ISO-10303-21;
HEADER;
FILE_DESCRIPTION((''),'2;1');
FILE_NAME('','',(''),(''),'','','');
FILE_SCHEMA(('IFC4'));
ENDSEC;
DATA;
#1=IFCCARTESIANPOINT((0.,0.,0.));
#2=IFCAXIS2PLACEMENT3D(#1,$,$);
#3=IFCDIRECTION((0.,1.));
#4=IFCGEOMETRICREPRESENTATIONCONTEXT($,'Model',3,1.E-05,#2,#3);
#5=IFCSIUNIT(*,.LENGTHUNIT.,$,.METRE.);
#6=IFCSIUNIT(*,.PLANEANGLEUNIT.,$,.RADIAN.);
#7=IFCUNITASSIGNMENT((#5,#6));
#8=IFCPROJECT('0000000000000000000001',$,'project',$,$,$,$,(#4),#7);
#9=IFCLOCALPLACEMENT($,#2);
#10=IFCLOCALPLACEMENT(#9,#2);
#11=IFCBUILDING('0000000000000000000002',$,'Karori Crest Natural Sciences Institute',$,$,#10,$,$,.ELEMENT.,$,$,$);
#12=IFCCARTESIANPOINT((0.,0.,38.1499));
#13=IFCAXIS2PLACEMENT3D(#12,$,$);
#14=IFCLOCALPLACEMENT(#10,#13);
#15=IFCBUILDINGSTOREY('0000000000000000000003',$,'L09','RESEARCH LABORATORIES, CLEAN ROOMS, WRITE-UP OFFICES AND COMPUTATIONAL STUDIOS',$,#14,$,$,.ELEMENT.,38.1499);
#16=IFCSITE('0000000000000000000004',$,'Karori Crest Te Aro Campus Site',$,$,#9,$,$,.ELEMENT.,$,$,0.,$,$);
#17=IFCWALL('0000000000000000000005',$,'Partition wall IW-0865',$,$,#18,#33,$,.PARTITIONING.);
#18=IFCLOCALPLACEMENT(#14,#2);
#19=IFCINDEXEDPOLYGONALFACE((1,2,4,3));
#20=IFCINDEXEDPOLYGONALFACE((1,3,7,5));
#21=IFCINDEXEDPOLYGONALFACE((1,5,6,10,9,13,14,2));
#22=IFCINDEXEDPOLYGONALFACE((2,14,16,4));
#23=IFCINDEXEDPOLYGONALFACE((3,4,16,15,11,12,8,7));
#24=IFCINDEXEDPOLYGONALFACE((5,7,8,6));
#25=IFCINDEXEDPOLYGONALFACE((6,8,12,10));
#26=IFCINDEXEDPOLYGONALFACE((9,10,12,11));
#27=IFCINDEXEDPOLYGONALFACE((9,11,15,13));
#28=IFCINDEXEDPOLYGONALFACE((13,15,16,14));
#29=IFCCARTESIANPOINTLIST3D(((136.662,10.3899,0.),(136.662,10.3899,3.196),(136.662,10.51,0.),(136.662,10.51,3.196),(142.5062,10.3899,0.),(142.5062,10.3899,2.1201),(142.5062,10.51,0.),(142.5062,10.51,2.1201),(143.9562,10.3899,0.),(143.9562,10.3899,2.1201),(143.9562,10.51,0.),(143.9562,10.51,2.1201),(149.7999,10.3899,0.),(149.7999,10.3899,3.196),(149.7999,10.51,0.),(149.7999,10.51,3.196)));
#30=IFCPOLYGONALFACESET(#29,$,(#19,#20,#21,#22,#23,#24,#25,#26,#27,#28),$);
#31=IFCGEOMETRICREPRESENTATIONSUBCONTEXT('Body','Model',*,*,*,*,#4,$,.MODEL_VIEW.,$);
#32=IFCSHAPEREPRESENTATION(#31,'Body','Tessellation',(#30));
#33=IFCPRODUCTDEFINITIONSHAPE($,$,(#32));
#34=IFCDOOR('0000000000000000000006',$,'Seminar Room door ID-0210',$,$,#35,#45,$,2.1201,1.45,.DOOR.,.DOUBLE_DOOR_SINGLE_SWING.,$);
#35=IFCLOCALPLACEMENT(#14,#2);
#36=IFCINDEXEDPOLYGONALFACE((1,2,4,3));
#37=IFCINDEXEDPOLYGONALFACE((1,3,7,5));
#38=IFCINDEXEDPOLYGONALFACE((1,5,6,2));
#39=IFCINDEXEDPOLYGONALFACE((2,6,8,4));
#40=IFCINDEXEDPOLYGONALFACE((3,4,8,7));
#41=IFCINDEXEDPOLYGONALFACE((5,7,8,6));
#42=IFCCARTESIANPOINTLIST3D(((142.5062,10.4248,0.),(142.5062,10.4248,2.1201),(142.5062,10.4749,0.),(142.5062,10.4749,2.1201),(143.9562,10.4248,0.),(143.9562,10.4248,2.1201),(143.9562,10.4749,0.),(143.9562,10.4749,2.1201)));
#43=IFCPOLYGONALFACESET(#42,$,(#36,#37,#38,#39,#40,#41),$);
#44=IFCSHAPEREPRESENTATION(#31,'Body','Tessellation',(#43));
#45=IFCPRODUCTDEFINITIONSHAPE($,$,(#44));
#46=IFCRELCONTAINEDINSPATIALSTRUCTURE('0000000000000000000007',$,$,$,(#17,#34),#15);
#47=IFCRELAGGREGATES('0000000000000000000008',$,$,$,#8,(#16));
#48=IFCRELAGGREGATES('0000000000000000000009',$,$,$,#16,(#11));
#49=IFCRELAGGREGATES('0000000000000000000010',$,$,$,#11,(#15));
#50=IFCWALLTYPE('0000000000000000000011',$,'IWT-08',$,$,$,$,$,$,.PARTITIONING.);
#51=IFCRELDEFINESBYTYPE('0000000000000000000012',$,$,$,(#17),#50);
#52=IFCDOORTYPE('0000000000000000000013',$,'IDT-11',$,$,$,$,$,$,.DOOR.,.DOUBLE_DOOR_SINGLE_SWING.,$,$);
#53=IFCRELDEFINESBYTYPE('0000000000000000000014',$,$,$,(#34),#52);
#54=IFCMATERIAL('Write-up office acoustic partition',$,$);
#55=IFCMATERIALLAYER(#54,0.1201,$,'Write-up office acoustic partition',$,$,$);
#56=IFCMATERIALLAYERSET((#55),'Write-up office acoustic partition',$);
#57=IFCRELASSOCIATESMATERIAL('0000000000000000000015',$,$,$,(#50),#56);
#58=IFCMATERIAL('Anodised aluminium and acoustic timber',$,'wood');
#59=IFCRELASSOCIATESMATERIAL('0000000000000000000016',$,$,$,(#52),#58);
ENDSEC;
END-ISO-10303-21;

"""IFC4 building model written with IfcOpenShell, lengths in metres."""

from ifc_helpers import new_model, si_unit, direction, frame, frame_2d, origin, place, context, subcontext, project, spatial, rectangle, extrude, material, layer, layer_set, type_object, element, fill, save


model = new_model("IFC4")

# Units and contexts
model_context = context("Model", 3, precision=1e-05, world=origin(), true_north=direction((0.0, 1.0)))
body_context = subcontext(model_context, "Body", "Model", "MODEL_VIEW")
ifc_project = project(units=[si_unit("LENGTHUNIT", "METRE"), si_unit("PLANEANGLEUNIT", "RADIAN")], contexts=[model_context])

# Site, building, storey
site_placement = place(None, origin())
site = spatial("IfcSite", under=ifc_project, at=site_placement, Name="Karori Crest Te Aro Campus Site", CompositionType="ELEMENT", RefElevation=0.0)
building_placement = place(site_placement, origin())
building = spatial("IfcBuilding", under=site, at=building_placement, Name="Karori Crest Natural Sciences Institute", CompositionType="ELEMENT")
storey_placement = place(building_placement, frame((0.0, 0.0, 38.1499)))
storey = spatial("IfcBuildingStorey", under=building, at=storey_placement, Name="L09", Description="RESEARCH LABORATORIES, CLEAN ROOMS, WRITE-UP OFFICES AND COMPUTATIONAL STUDIOS", CompositionType="ELEMENT", Elevation=38.1499)

# Shared definitions
ifc_material_1 = material(Name="Write-up office acoustic partition")
ifc_layer = layer(ifc_material_1, 0.1201, Name="Write-up office acoustic partition")
ifc_layer_set = layer_set([ifc_layer], Name="Write-up office acoustic partition")
wall_type = type_object("IfcWallType", Name="IWT-08", PredefinedType="PARTITIONING", material=ifc_layer_set)
ifc_material_2 = material(Name="Anodised aluminium and acoustic timber", Category="wood")

# Wall, opening, door
wall_1_placement = place(storey_placement, frame((136.6621, 10.45, 0.0), z_axis=(0.0, 0.0, 1.0), x_axis=(1.0, 0.0, 0.0)))
wall_1 = element("IfcWall", 1, at=wall_1_placement, inside=storey, type_object=wall_type, Name="Partition wall IW-0865", PredefinedType="PARTITIONING", context=body_context, shape_type="SweptSolid", body=[
    extrude(rectangle(XDim=13.1379, YDim=0.1201, at=frame_2d((6.5688, 0.0))), origin(), (0.0, 0.0, 1.0), 3.196),
])
opening_1_placement = place(wall_1_placement, frame((5.844, 0.0, 0.0)))
opening_1 = element("IfcOpeningElement", 2, at=opening_1_placement, cuts=wall_1, PredefinedType="OPENING", context=body_context, shape_type="SweptSolid", body=[
    extrude(rectangle(XDim=1.45, YDim=2.1201, at=frame_2d((0.7251, 1.0601))), frame((0.0, 0.0701, 0.0), z_axis=(0.0, -1.0, 0.0), x_axis=(1.0, 0.0, 0.0)), (0.0, 0.0, 1.0), 0.1401),
])
door_type_1 = type_object("IfcDoorType", Name="IDT-11", OperationType="DOUBLE_DOOR_SINGLE_SWING", PredefinedType="DOOR", material=ifc_material_2)
door_1_placement = place(opening_1_placement, origin())
door_1 = element("IfcDoor", 3, at=door_1_placement, inside=storey, type_object=door_type_1, Name="Seminar Room door ID-0210", OperationType="DOUBLE_DOOR_SINGLE_SWING", OverallHeight=2.1201, OverallWidth=1.45, PredefinedType="DOOR", context=body_context, shape_type="SweptSolid", body=[
    extrude(rectangle(XDim=1.45, YDim=2.1201, at=frame_2d((0.7251, 1.0601))), frame((0.0, 0.0249, 0.0), z_axis=(0.0, -1.0, 0.0), x_axis=(1.0, 0.0, 0.0)), (0.0, 0.0, 1.0), 0.05),
])
fill(opening_1, door_1)

save(model, "model.ifc")
